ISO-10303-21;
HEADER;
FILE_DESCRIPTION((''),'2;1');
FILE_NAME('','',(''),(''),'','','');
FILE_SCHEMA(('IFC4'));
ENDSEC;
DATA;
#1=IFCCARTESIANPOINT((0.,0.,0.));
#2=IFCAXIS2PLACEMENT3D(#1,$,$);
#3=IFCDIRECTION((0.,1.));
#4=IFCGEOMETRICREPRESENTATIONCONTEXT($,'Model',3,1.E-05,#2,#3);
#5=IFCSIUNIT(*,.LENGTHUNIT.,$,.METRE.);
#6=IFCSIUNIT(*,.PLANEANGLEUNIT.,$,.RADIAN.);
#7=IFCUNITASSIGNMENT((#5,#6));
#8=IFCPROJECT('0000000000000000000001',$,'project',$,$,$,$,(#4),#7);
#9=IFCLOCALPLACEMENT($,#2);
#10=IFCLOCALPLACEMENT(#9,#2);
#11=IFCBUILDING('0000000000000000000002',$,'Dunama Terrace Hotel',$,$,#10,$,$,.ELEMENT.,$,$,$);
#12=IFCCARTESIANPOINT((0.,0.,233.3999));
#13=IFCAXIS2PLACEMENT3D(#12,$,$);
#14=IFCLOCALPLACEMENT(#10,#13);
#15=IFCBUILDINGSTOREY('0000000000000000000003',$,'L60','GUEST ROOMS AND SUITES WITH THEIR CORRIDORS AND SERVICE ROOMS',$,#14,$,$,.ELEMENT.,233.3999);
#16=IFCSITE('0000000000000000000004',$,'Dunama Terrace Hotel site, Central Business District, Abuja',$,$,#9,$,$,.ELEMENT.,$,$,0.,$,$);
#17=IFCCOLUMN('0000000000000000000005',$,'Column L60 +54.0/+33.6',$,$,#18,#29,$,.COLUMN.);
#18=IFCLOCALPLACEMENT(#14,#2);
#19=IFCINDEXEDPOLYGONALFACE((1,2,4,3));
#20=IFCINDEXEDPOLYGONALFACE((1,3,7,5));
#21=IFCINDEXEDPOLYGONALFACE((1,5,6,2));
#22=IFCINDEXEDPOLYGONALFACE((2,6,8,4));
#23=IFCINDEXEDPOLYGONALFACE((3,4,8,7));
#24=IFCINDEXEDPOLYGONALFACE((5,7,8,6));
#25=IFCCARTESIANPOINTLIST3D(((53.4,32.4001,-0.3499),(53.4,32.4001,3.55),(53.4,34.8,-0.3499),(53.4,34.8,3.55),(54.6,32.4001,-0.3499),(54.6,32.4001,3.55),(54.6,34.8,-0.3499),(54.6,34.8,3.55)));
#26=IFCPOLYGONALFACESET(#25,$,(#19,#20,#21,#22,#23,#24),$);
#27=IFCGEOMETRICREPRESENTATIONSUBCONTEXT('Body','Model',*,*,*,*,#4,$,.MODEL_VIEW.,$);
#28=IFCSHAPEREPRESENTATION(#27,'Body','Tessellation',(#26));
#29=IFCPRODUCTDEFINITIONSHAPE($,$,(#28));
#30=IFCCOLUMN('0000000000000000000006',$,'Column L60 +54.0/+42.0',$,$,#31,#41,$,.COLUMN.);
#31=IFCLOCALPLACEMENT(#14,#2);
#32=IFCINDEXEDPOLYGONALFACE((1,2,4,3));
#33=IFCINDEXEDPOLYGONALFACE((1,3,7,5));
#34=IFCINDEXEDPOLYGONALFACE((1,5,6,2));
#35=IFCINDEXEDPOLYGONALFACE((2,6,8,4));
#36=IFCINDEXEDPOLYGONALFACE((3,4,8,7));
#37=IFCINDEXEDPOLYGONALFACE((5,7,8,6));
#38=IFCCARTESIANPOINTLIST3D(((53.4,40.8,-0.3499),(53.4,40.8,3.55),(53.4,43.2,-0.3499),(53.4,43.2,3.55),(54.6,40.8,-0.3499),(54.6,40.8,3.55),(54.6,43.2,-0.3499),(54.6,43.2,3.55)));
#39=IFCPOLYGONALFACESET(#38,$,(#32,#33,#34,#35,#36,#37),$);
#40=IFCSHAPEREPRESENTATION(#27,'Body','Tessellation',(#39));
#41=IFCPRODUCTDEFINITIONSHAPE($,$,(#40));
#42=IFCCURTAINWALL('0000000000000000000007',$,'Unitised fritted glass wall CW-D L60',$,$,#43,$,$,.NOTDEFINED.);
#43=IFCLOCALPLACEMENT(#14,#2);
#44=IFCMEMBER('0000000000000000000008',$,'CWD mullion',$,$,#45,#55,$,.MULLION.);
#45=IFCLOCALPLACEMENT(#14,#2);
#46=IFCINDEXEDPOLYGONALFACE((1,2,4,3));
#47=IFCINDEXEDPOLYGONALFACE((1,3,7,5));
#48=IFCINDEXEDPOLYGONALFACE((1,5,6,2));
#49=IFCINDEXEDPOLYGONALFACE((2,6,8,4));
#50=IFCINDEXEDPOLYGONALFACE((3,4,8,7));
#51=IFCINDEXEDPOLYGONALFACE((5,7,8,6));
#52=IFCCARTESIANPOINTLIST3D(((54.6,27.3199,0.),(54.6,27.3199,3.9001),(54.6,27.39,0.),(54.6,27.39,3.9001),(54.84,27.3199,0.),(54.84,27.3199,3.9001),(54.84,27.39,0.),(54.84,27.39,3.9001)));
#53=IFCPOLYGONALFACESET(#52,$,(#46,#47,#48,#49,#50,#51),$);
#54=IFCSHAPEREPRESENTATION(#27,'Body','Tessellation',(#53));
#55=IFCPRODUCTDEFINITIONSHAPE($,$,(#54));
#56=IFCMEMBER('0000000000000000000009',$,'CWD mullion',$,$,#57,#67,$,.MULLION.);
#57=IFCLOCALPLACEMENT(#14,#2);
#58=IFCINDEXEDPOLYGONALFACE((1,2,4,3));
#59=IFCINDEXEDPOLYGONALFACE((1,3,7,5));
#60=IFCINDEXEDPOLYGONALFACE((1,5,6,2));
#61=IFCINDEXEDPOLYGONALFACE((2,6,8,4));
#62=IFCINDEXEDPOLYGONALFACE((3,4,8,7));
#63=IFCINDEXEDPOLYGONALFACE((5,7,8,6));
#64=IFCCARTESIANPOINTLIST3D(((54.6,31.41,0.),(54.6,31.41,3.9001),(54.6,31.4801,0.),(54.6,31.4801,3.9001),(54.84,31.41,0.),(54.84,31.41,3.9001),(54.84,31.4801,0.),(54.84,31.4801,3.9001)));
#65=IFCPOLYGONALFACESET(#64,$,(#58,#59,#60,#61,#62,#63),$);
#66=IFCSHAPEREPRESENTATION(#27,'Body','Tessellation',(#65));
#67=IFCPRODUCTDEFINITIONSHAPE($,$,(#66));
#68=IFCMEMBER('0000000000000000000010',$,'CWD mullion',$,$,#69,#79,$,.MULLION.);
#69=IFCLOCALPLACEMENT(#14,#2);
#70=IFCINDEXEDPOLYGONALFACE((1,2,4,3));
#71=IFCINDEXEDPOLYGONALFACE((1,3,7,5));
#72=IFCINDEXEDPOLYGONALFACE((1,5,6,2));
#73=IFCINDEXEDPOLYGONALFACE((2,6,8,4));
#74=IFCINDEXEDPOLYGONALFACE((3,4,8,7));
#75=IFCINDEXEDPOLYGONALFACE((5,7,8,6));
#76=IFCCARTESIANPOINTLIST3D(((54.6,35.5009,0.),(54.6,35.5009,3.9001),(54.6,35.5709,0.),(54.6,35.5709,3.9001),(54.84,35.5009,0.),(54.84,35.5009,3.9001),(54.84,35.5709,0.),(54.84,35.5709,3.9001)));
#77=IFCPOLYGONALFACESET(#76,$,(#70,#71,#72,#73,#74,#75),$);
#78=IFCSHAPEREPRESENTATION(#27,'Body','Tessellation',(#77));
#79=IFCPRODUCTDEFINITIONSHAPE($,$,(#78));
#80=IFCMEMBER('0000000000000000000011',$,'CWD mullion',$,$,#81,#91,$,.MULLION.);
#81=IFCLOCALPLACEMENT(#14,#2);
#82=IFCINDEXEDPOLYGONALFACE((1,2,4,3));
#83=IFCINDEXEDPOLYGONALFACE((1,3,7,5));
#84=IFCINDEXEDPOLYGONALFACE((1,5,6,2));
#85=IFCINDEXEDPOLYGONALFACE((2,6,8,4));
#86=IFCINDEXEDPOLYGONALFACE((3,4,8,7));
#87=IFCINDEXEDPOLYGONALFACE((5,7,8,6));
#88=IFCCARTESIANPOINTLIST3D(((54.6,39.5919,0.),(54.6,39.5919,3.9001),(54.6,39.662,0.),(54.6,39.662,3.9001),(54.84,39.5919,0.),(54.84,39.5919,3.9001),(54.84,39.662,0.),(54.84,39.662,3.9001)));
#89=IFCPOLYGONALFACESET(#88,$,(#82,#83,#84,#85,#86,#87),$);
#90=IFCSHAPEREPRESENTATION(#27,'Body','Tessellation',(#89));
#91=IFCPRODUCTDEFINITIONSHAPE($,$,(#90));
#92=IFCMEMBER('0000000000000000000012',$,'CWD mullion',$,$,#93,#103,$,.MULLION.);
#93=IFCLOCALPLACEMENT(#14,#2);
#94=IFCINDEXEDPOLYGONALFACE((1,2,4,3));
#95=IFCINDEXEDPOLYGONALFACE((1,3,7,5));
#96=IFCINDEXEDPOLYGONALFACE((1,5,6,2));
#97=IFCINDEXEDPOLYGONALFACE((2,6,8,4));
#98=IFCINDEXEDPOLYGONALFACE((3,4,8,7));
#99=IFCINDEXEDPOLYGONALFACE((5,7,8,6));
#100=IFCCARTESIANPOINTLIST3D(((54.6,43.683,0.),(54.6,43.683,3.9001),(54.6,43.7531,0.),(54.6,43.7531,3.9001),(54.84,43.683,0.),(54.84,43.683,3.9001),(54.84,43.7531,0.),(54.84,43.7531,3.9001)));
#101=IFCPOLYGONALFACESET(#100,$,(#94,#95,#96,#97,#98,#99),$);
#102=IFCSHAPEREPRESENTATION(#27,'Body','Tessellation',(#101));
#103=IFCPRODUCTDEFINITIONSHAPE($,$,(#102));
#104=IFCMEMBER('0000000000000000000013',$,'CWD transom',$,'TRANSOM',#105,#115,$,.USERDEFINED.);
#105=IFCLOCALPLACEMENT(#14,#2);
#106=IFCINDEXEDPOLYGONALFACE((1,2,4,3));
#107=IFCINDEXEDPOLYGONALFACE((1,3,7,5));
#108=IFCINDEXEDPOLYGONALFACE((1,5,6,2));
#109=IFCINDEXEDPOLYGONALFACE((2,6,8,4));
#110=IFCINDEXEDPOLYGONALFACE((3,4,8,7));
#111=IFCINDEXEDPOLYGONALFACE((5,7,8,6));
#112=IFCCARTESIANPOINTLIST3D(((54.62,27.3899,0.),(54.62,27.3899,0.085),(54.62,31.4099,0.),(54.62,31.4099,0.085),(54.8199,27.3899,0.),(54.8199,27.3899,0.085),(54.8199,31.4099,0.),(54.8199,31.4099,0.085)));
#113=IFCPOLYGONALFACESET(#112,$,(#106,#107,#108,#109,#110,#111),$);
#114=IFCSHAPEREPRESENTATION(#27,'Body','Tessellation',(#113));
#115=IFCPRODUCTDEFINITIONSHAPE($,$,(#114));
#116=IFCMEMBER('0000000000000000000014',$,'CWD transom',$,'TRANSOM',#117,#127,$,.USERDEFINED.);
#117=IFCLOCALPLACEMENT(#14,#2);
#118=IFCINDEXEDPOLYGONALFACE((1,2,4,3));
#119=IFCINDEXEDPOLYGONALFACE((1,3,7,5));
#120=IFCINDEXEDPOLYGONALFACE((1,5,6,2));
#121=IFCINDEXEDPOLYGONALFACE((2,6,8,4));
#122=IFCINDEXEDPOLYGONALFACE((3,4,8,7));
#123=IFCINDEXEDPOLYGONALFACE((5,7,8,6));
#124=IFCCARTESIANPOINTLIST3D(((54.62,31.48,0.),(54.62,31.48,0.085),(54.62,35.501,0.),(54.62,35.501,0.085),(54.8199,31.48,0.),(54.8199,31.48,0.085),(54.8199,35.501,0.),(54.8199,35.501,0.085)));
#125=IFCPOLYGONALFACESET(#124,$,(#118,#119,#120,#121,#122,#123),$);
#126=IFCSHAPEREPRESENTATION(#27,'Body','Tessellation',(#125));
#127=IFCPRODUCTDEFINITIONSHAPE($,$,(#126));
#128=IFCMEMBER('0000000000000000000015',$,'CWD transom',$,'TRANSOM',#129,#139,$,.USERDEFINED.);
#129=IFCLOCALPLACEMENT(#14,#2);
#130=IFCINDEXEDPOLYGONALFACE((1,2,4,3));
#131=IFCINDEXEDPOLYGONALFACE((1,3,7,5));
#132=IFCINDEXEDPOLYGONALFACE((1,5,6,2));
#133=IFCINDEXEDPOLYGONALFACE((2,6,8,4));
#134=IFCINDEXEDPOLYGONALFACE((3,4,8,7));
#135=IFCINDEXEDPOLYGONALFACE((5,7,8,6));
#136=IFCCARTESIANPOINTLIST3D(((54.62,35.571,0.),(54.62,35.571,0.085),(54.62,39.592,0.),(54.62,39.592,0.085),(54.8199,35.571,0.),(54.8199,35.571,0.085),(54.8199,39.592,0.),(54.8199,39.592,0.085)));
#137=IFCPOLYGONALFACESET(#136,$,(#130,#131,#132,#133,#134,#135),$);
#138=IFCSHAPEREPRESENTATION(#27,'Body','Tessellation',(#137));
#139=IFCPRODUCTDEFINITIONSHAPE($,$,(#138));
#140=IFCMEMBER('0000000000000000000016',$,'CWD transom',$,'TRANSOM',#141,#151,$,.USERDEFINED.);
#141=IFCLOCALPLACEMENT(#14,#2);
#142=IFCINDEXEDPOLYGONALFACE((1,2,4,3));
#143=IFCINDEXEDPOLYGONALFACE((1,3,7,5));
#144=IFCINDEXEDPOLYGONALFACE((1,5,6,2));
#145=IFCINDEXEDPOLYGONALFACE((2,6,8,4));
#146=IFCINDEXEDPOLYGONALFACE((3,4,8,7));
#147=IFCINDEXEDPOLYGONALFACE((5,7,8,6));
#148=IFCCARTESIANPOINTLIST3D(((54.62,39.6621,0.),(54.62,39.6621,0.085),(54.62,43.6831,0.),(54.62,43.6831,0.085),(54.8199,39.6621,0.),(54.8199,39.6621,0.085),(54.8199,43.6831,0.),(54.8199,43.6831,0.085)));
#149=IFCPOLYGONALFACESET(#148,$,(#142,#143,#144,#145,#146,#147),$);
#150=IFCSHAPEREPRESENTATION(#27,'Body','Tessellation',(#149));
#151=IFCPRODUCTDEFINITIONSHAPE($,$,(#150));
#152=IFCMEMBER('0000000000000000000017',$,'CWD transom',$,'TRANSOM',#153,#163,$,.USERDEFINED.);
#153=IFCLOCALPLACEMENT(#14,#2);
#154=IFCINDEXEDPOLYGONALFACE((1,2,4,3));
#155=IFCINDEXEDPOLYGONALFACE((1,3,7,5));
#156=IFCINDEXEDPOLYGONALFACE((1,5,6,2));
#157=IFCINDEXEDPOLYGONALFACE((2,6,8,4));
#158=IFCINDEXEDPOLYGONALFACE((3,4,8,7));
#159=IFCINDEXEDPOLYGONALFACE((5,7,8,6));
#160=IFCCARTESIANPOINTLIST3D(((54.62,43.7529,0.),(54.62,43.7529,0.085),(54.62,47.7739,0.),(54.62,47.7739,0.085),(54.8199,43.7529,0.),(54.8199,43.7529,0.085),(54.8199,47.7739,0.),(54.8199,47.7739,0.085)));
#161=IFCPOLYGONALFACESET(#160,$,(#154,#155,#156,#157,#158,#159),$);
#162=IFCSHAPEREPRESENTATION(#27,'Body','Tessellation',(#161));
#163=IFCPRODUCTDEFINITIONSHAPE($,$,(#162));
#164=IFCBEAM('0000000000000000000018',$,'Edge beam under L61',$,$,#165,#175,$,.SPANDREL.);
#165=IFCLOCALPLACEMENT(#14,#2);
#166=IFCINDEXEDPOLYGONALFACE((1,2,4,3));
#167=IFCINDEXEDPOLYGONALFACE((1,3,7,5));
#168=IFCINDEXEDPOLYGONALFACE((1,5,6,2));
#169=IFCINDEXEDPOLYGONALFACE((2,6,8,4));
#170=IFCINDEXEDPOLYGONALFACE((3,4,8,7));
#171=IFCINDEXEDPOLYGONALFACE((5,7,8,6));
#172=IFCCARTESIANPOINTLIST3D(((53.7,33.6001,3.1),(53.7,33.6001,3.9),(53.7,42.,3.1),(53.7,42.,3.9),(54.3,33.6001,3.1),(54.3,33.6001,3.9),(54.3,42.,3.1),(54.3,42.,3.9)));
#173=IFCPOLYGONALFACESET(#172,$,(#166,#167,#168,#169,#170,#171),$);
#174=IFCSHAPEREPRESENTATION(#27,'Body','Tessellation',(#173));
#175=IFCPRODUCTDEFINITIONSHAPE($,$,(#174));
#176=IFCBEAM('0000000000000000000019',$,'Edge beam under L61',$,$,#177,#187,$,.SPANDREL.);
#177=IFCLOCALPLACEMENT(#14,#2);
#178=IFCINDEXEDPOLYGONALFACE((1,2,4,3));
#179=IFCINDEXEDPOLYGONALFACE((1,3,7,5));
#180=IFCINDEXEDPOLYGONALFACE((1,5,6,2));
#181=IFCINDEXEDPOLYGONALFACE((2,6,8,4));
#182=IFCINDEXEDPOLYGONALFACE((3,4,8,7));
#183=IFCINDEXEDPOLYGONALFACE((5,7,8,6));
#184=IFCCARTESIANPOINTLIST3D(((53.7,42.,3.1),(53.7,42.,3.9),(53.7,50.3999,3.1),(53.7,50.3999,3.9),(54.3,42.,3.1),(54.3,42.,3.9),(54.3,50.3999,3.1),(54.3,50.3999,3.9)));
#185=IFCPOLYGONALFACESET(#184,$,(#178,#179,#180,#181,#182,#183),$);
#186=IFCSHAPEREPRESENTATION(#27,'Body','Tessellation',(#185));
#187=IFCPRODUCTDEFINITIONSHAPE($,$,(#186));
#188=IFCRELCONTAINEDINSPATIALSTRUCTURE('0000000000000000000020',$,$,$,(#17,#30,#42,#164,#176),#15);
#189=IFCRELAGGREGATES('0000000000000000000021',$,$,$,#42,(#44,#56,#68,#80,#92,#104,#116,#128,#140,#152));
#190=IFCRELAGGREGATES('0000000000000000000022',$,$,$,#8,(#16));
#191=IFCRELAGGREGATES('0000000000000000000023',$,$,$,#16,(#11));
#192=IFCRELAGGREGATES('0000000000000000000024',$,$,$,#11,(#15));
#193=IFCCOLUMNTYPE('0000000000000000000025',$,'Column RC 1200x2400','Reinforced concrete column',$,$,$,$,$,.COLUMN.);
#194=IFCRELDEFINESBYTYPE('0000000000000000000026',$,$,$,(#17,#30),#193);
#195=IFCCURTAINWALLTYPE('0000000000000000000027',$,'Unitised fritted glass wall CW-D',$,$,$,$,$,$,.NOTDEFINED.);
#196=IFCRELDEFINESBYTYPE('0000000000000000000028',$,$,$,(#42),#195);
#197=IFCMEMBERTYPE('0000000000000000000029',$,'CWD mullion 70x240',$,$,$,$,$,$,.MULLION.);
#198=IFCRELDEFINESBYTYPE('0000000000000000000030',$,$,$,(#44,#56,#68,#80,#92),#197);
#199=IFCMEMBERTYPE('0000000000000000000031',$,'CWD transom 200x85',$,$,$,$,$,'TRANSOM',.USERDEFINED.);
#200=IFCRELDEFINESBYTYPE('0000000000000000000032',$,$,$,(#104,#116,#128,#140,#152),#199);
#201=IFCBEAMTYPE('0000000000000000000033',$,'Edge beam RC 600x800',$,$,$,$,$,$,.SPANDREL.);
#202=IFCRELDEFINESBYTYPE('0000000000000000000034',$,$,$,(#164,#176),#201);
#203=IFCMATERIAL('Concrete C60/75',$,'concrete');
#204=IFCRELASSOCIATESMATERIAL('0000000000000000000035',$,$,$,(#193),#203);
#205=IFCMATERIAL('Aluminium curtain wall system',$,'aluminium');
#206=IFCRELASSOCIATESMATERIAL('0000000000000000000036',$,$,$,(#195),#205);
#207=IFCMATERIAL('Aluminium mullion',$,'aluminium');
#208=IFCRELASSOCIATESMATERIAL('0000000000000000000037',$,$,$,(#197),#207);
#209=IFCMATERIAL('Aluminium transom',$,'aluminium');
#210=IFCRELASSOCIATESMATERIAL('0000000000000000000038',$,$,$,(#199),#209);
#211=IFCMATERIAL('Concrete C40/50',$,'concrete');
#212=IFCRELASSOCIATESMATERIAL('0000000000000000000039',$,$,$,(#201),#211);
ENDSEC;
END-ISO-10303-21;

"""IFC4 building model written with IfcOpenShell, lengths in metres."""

from ifc_helpers import new_model, si_unit, direction, frame, origin, origin_2d, place, context, subcontext, project, spatial, rectangle, extrude, material, material_profile, profile_set, type_object, element, aggregate, save


model = new_model("IFC4")

# Units and contexts
model_context = context("Model", 3, precision=1e-05, world=origin(), true_north=direction((0.0, 1.0)))
body_context = subcontext(model_context, "Body", "Model", "MODEL_VIEW")
ifc_project = project(units=[si_unit("LENGTHUNIT", "METRE"), si_unit("PLANEANGLEUNIT", "RADIAN")], contexts=[model_context])

# Site, building, storey
site_placement = place(None, origin())
site = spatial("IfcSite", under=ifc_project, at=site_placement, Name="Dunama Terrace Hotel site, Central Business District, Abuja", CompositionType="ELEMENT", RefElevation=0.0)
building_placement = place(site_placement, origin())
building = spatial("IfcBuilding", under=site, at=building_placement, Name="Dunama Terrace Hotel", CompositionType="ELEMENT")
storey_placement = place(building_placement, frame((0.0, 0.0, 233.3999)))
storey = spatial("IfcBuildingStorey", under=building, at=storey_placement, Name="L60", Description="GUEST ROOMS AND SUITES WITH THEIR CORRIDORS AND SERVICE ROOMS", CompositionType="ELEMENT", Elevation=233.3999)

# Columns
ifc_material_1 = material(Name="Concrete C60/75", Category="concrete")
ifc_material_profile_1 = material_profile(ifc_material_1, rectangle(XDim=1.2, YDim=2.3999, at=origin_2d()), Name="RC 1200x2400")
ifc_profile_set_1 = profile_set([ifc_material_profile_1], Name="Concrete C60/75")
column_type = type_object("IfcColumnType", Name="Column RC 1200x2400", Description="Reinforced concrete column", PredefinedType="COLUMN", material=ifc_profile_set_1)
for number, where, z_axis, x_axis, name in (
    (1, (54.0, 33.6001, -0.3499), (0.0, 0.0, 1.0), (1.0, 0.0, 0.0), "Column L60 +54.0/+33.6"),
    (2, (54.0, 42.0, -0.3499), (0.0, 0.0, 1.0), (1.0, 0.0, 0.0), "Column L60 +54.0/+42.0"),
):
    element("IfcColumn", number, at=place(storey_placement, frame(where, z_axis=z_axis, x_axis=x_axis)), inside=storey, type_object=column_type, Name=name, PredefinedType="COLUMN", context=body_context, shape_type="SweptSolid", body=[
        extrude(rectangle(XDim=1.2, YDim=2.3999, at=origin_2d()), origin(), (0.0, 0.0, 1.0), 3.8999),
    ])

# Curtain wall, members
ifc_material_2 = material(Name="Aluminium curtain wall system", Category="aluminium")
curtain_wall_type = type_object("IfcCurtainWallType", Name="Unitised fritted glass wall CW-D", PredefinedType="NOTDEFINED", material=ifc_material_2)
curtain_wall_placement = place(storey_placement, origin())
curtain_wall = element("IfcCurtainWall", 3, at=curtain_wall_placement, inside=storey, type_object=curtain_wall_type, Name="Unitised fritted glass wall CW-D L60", PredefinedType="NOTDEFINED")
ifc_material_3 = material(Name="Aluminium mullion", Category="aluminium")
ifc_material_profile_2 = material_profile(ifc_material_3, rectangle(XDim=0.0701, YDim=0.24, at=origin_2d()), Name="CWD MULLION 70X240")
ifc_profile_set_2 = profile_set([ifc_material_profile_2], Name="Aluminium mullion")
member_type_1 = type_object("IfcMemberType", Name="CWD mullion 70x240", PredefinedType="MULLION", material=ifc_profile_set_2)
member_1_placement = place(storey_placement, frame((54.72, 27.355, 0.0), z_axis=(0.0, 0.0, 1.0), x_axis=(0.0, 1.0, 0.0)))
member_1 = element("IfcMember", 4, at=member_1_placement, type_object=member_type_1, Name="CWD mullion", PredefinedType="MULLION", context=body_context, shape_type="SweptSolid", body=[
    extrude(rectangle(XDim=0.0701, YDim=0.24, at=origin_2d()), origin(), (0.0, 0.0, 1.0), 3.9001),
])
member_2_placement = place(storey_placement, frame((54.72, 31.4451, 0.0), z_axis=(0.0, 0.0, 1.0), x_axis=(0.0, 1.0, 0.0)))
member_2 = element("IfcMember", 5, at=member_2_placement, type_object=member_type_1, Name="CWD mullion", PredefinedType="MULLION", context=body_context, shape_type="SweptSolid", body=[
    extrude(rectangle(XDim=0.0701, YDim=0.24, at=origin_2d()), origin(), (0.0, 0.0, 1.0), 3.9001),
])
member_3_placement = place(storey_placement, frame((54.72, 35.5359, 0.0), z_axis=(0.0, 0.0, 1.0), x_axis=(0.0, 1.0, 0.0)))
member_3 = element("IfcMember", 6, at=member_3_placement, type_object=member_type_1, Name="CWD mullion", PredefinedType="MULLION", context=body_context, shape_type="SweptSolid", body=[
    extrude(rectangle(XDim=0.0701, YDim=0.24, at=origin_2d()), origin(), (0.0, 0.0, 1.0), 3.9001),
])
member_4_placement = place(storey_placement, frame((54.72, 39.627, 0.0), z_axis=(0.0, 0.0, 1.0), x_axis=(0.0, 1.0, 0.0)))
member_4 = element("IfcMember", 7, at=member_4_placement, type_object=member_type_1, Name="CWD mullion", PredefinedType="MULLION", context=body_context, shape_type="SweptSolid", body=[
    extrude(rectangle(XDim=0.0701, YDim=0.24, at=origin_2d()), origin(), (0.0, 0.0, 1.0), 3.9001),
])
member_5_placement = place(storey_placement, frame((54.72, 43.718, 0.0), z_axis=(0.0, 0.0, 1.0), x_axis=(0.0, 1.0, 0.0)))
member_5 = element("IfcMember", 8, at=member_5_placement, type_object=member_type_1, Name="CWD mullion", PredefinedType="MULLION", context=body_context, shape_type="SweptSolid", body=[
    extrude(rectangle(XDim=0.0701, YDim=0.24, at=origin_2d()), origin(), (0.0, 0.0, 1.0), 3.9001),
])
ifc_material_4 = material(Name="Aluminium transom", Category="aluminium")
ifc_material_profile_3 = material_profile(ifc_material_4, rectangle(XDim=0.2, YDim=0.085, at=origin_2d()), Name="CWD TRANSOM 200X85")
ifc_profile_set_3 = profile_set([ifc_material_profile_3], Name="Aluminium transom")
member_type_2 = type_object("IfcMemberType", Name="CWD transom 200x85", ElementType="TRANSOM", PredefinedType="USERDEFINED", material=ifc_profile_set_3)
member_6_placement = place(storey_placement, frame((54.72, 27.3899, 0.0425), z_axis=(0.0, 1.0, 0.0), x_axis=(-1.0, 0.0, 0.0)))
member_6 = element("IfcMember", 9, at=member_6_placement, type_object=member_type_2, Name="CWD transom", ObjectType="TRANSOM", PredefinedType="USERDEFINED", context=body_context, shape_type="SweptSolid", body=[
    extrude(rectangle(XDim=0.2, YDim=0.085, at=origin_2d()), origin(), (0.0, 0.0, 1.0), 4.02),
])
member_7_placement = place(storey_placement, frame((54.72, 31.48, 0.0425), z_axis=(0.0, 1.0, 0.0), x_axis=(-1.0, 0.0, 0.0)))
member_7 = element("IfcMember", 10, at=member_7_placement, type_object=member_type_2, Name="CWD transom", ObjectType="TRANSOM", PredefinedType="USERDEFINED", context=body_context, shape_type="SweptSolid", body=[
    extrude(rectangle(XDim=0.2, YDim=0.085, at=origin_2d()), origin(), (0.0, 0.0, 1.0), 4.021),
])
member_8_placement = place(storey_placement, frame((54.72, 35.571, 0.0425), z_axis=(0.0, 1.0, 0.0), x_axis=(-1.0, 0.0, 0.0)))
member_8 = element("IfcMember", 11, at=member_8_placement, type_object=member_type_2, Name="CWD transom", ObjectType="TRANSOM", PredefinedType="USERDEFINED", context=body_context, shape_type="SweptSolid", body=[
    extrude(rectangle(XDim=0.2, YDim=0.085, at=origin_2d()), origin(), (0.0, 0.0, 1.0), 4.021),
])
member_9_placement = place(storey_placement, frame((54.72, 39.6621, 0.0425), z_axis=(0.0, 1.0, 0.0), x_axis=(-1.0, 0.0, 0.0)))
member_9 = element("IfcMember", 12, at=member_9_placement, type_object=member_type_2, Name="CWD transom", ObjectType="TRANSOM", PredefinedType="USERDEFINED", context=body_context, shape_type="SweptSolid", body=[
    extrude(rectangle(XDim=0.2, YDim=0.085, at=origin_2d()), origin(), (0.0, 0.0, 1.0), 4.021),
])
member_10_placement = place(storey_placement, frame((54.72, 43.7529, 0.0425), z_axis=(0.0, 1.0, 0.0), x_axis=(-1.0, 0.0, 0.0)))
member_10 = element("IfcMember", 13, at=member_10_placement, type_object=member_type_2, Name="CWD transom", ObjectType="TRANSOM", PredefinedType="USERDEFINED", context=body_context, shape_type="SweptSolid", body=[
    extrude(rectangle(XDim=0.2, YDim=0.085, at=origin_2d()), origin(), (0.0, 0.0, 1.0), 4.021),
])

# Beams
ifc_material_5 = material(Name="Concrete C40/50", Category="concrete")
ifc_material_profile_4 = material_profile(ifc_material_5, rectangle(XDim=0.6001, YDim=0.8, at=origin_2d()), Name="RC 600x800")
ifc_profile_set_4 = profile_set([ifc_material_profile_4], Name="Concrete C40/50")
beam_type = type_object("IfcBeamType", Name="Edge beam RC 600x800", PredefinedType="SPANDREL", material=ifc_profile_set_4)
for number, where, z_axis, x_axis, name in (
    (14, (54.0, 33.6001, 3.5), (0.0, 1.0, 0.0), (-1.0, 0.0, 0.0), "Edge beam under L61"),
    (15, (54.0, 42.0, 3.5), (0.0, 1.0, 0.0), (-1.0, 0.0, 0.0), "Edge beam under L61"),
):
    element("IfcBeam", number, at=place(storey_placement, frame(where, z_axis=z_axis, x_axis=x_axis)), inside=storey, type_object=beam_type, Name=name, PredefinedType="SPANDREL", context=body_context, shape_type="SweptSolid", body=[
        extrude(rectangle(XDim=0.6001, YDim=0.8, at=origin_2d()), origin(), (0.0, 0.0, 1.0), 8.3999),
    ])

aggregate(curtain_wall, [member_1, member_2, member_3, member_4, member_5, member_6, member_7, member_8, member_9, member_10])

save(model, "model.ifc")
